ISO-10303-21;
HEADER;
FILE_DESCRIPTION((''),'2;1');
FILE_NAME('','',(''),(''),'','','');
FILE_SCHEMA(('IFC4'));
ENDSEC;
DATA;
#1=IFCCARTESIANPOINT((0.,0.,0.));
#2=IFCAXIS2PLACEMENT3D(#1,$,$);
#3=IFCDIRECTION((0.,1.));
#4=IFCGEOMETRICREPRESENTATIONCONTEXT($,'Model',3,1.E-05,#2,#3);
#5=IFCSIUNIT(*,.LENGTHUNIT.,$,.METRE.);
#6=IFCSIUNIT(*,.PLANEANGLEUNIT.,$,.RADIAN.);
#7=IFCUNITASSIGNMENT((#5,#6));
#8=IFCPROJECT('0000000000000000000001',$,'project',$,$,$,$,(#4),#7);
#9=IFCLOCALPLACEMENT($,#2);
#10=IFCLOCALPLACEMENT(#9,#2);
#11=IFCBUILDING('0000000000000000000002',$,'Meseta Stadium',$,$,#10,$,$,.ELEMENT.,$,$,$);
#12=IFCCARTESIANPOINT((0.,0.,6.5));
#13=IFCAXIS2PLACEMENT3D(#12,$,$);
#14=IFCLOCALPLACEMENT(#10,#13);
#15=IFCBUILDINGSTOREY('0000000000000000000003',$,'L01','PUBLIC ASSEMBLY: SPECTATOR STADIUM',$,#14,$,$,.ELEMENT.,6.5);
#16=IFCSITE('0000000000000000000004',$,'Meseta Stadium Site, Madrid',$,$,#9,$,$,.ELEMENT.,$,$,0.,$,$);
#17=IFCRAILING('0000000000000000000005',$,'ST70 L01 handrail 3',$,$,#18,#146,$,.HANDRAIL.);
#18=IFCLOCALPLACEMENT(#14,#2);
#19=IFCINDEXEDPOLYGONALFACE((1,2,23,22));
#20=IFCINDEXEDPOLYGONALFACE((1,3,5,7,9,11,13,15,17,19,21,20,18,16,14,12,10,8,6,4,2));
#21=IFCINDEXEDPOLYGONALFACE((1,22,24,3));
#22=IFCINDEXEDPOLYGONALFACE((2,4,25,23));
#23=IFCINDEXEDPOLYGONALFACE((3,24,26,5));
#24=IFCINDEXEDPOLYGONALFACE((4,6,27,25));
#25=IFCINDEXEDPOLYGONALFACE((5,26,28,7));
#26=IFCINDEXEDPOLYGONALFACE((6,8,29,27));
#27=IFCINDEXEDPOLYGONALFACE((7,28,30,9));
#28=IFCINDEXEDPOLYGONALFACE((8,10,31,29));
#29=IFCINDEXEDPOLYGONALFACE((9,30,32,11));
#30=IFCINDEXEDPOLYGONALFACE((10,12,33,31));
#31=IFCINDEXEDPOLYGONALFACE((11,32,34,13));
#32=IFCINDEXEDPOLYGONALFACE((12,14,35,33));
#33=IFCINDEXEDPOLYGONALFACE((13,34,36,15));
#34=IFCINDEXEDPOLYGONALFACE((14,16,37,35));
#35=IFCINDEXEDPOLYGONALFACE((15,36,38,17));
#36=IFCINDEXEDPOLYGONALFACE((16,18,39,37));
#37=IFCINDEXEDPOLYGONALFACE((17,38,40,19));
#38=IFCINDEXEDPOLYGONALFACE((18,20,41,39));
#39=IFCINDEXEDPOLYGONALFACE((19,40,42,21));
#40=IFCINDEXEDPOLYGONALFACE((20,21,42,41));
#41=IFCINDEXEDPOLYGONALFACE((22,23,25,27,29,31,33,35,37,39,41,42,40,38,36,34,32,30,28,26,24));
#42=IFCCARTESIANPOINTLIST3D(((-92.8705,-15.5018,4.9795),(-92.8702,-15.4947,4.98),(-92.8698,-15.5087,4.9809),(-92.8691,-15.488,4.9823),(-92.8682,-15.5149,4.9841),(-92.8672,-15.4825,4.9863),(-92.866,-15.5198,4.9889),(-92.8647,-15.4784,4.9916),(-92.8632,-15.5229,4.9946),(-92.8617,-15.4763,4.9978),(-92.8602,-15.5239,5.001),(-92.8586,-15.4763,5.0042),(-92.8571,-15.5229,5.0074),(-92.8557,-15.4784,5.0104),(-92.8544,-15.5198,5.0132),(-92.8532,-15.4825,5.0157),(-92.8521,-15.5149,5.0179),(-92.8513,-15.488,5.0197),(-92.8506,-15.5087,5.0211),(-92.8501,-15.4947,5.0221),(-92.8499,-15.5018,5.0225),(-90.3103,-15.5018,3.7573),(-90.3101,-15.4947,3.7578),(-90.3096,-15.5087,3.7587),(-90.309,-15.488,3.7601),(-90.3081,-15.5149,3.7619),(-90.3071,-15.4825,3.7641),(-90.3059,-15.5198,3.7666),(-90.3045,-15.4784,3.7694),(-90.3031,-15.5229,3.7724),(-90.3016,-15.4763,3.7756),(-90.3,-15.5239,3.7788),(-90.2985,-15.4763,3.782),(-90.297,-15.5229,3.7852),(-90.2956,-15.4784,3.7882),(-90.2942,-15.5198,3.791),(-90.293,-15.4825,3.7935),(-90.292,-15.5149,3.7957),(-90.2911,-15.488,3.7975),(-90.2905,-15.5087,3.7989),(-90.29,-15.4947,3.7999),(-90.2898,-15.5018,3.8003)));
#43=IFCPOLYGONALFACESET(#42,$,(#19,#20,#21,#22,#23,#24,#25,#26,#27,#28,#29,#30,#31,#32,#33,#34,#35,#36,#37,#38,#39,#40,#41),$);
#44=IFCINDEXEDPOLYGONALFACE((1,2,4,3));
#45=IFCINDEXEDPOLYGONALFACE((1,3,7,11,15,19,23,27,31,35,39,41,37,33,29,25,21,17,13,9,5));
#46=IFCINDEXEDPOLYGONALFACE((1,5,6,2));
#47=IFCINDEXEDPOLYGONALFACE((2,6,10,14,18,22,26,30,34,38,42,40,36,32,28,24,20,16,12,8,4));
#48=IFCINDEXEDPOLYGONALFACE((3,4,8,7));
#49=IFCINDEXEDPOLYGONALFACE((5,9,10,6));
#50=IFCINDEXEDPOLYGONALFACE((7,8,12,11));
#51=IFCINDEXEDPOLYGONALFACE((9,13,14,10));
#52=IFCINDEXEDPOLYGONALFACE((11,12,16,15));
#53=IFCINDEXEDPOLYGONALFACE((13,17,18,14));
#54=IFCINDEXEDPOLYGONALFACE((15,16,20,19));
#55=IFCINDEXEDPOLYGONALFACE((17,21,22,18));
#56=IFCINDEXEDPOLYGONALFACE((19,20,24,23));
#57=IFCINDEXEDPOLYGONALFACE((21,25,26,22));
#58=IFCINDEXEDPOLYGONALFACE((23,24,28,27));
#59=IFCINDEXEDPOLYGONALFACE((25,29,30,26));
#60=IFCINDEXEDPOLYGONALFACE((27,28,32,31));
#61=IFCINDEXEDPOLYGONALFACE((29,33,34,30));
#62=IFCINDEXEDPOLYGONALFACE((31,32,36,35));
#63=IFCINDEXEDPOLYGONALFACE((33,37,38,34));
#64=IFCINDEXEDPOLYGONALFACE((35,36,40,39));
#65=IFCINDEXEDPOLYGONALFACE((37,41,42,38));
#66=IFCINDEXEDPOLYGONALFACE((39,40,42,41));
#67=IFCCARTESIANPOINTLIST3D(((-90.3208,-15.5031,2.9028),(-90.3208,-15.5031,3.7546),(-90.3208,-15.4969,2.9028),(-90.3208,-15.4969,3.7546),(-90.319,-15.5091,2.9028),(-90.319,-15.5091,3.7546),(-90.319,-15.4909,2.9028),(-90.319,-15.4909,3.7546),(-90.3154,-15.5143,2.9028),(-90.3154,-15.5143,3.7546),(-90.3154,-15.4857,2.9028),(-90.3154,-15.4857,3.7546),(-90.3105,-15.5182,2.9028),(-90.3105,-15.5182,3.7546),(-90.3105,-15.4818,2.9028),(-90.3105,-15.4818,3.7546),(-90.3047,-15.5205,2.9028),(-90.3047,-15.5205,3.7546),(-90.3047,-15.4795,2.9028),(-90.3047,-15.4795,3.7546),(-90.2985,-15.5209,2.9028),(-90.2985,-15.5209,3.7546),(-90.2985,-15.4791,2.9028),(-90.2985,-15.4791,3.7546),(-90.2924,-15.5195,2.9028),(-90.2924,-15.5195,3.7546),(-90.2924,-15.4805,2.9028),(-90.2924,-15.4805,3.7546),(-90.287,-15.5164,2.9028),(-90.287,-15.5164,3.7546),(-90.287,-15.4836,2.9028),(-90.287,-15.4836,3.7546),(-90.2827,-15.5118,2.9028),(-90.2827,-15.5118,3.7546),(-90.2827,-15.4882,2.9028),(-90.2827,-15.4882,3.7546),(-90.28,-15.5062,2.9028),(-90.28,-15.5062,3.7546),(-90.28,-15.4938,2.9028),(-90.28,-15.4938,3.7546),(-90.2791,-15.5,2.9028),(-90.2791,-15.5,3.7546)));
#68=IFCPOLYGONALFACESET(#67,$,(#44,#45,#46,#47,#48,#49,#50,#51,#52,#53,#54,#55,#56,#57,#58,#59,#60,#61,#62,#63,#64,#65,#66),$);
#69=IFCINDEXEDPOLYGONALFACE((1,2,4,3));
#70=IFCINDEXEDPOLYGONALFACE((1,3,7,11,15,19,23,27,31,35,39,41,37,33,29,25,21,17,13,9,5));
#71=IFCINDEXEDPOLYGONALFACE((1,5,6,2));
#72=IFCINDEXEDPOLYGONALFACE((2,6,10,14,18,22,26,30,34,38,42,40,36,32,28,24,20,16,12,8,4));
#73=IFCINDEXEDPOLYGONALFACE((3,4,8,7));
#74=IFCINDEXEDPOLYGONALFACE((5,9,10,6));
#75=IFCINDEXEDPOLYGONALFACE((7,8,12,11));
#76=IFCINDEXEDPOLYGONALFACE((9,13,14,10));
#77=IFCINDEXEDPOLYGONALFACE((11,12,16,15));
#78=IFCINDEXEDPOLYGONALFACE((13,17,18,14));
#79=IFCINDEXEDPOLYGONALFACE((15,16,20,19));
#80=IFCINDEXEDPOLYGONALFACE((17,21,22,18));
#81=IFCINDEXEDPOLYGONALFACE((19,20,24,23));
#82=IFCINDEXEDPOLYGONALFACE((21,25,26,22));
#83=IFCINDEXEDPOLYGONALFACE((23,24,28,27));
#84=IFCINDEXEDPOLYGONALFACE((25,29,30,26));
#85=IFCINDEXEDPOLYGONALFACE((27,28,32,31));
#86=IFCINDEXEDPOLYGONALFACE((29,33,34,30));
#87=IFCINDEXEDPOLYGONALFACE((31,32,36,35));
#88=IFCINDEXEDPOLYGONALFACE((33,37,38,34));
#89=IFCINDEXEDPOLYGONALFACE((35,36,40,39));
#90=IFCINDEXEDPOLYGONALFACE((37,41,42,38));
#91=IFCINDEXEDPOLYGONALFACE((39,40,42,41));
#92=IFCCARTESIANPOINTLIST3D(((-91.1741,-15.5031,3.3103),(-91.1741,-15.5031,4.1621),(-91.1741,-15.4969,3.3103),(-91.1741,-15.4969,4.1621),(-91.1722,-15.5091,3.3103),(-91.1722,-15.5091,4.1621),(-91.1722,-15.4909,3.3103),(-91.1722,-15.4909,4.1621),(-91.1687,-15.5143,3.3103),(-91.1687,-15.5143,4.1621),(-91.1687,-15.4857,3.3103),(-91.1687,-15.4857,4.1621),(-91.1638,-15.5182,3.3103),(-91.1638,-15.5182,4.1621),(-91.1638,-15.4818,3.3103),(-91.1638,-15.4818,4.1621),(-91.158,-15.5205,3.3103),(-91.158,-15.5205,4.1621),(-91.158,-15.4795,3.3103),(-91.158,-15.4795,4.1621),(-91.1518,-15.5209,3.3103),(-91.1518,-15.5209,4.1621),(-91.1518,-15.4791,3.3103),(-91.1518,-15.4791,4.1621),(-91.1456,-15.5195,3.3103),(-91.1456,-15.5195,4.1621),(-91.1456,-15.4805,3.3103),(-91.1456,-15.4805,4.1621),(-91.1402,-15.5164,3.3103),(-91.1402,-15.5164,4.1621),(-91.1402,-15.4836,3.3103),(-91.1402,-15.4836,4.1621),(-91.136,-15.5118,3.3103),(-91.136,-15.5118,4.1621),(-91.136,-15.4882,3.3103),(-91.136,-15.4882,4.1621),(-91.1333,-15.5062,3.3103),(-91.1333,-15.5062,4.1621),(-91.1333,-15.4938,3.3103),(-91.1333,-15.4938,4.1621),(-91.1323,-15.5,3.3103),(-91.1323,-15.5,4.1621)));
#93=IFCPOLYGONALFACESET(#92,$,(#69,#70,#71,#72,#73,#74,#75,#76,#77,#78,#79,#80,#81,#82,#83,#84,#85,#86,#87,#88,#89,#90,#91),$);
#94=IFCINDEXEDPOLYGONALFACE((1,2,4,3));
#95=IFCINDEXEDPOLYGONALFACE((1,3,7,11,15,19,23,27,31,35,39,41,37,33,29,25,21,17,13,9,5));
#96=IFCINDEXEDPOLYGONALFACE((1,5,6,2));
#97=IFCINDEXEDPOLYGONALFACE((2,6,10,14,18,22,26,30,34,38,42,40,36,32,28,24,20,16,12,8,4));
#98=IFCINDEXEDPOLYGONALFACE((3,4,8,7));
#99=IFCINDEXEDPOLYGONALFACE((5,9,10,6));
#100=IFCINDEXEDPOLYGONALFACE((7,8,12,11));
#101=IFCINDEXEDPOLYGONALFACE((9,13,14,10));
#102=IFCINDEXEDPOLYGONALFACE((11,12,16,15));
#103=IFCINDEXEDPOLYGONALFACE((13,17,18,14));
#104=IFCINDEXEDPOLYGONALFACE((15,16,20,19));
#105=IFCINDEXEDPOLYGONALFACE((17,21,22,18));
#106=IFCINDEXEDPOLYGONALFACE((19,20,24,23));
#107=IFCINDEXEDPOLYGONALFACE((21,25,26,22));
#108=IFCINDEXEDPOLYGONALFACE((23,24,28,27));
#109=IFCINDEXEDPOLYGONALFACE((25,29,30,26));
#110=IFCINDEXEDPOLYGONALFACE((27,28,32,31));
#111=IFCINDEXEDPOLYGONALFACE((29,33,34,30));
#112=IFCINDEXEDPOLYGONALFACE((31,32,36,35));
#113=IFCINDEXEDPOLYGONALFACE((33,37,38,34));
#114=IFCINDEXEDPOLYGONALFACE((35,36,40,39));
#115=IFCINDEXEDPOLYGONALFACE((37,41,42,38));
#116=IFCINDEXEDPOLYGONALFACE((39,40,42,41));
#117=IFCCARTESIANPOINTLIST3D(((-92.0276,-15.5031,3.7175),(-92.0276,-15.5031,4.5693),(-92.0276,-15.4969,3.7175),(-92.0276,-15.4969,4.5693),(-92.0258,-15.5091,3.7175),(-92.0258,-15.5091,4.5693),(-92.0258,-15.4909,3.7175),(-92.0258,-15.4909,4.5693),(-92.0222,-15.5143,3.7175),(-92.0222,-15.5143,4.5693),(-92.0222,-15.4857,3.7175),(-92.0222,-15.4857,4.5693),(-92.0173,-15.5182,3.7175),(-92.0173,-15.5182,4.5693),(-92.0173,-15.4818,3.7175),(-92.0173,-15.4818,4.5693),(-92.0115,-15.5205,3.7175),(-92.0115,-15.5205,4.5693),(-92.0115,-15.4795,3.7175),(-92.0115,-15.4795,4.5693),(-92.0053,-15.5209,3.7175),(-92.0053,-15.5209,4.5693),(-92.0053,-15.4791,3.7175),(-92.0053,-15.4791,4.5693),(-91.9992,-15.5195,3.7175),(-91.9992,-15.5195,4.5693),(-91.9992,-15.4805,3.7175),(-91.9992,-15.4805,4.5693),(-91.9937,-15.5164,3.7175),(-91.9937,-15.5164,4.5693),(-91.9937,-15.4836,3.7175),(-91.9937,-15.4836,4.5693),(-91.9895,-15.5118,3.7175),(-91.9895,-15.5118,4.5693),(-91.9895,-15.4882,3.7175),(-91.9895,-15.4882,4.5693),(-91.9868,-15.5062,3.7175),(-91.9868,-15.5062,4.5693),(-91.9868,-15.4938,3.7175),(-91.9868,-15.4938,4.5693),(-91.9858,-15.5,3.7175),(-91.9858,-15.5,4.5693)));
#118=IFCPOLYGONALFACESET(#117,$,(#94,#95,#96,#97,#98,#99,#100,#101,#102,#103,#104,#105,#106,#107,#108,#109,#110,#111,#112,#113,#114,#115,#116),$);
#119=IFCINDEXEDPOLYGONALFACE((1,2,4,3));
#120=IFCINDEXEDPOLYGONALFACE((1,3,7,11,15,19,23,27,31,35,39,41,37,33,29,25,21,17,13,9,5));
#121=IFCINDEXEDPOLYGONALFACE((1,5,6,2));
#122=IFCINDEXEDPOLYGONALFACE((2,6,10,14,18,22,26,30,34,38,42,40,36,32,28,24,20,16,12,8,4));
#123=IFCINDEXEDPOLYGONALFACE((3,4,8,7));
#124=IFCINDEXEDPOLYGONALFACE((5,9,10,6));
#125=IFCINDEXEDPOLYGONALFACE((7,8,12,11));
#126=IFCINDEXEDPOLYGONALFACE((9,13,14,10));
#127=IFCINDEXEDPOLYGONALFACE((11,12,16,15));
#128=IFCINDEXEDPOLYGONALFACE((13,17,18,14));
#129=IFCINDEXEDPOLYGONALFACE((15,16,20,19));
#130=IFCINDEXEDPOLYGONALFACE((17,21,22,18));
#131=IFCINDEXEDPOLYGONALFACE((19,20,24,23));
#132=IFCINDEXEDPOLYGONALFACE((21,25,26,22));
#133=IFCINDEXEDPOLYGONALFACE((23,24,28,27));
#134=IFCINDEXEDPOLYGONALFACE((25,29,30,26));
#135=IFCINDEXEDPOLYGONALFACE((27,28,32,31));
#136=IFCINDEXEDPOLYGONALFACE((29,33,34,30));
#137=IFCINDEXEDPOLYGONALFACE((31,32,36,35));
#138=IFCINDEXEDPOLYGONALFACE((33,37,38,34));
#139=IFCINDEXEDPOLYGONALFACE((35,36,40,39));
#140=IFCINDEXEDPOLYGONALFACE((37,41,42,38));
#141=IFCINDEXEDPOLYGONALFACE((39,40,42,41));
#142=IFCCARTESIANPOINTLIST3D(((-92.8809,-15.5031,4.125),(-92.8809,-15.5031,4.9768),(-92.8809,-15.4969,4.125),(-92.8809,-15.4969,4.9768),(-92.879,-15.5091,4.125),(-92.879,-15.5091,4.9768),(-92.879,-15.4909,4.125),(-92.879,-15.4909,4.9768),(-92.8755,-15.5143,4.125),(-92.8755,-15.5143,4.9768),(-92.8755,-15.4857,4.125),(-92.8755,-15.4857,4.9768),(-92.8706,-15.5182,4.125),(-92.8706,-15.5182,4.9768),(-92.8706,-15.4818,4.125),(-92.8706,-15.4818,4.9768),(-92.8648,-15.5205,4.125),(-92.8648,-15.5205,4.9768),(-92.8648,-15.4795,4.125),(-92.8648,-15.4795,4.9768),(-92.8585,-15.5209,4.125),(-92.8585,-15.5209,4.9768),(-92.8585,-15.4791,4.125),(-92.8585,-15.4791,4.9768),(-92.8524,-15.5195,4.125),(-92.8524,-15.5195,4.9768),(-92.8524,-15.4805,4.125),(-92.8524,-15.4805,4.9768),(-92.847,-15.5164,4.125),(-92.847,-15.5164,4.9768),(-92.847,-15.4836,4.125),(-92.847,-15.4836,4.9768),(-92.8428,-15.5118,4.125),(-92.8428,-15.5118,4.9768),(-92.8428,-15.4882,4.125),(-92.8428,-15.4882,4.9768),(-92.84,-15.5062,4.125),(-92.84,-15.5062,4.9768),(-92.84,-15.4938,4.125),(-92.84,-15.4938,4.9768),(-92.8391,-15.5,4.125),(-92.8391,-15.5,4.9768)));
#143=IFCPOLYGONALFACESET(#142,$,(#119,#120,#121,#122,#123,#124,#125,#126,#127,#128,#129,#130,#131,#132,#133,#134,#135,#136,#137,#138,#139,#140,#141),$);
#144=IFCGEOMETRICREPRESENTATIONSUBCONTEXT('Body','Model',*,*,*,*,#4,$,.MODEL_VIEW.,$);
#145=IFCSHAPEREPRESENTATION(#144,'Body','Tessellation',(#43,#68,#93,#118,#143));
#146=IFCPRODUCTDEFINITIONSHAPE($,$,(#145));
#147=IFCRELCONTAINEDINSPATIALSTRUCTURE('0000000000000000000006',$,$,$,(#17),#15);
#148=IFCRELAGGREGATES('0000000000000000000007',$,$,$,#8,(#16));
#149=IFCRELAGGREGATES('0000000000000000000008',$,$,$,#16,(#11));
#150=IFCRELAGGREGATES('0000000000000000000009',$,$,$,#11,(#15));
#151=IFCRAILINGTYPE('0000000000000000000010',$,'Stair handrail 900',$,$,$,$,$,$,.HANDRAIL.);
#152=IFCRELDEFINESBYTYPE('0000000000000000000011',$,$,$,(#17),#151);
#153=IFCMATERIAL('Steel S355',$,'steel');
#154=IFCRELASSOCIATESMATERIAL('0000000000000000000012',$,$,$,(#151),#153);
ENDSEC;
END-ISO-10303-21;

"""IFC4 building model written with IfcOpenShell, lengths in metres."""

from ifc_helpers import new_model, si_unit, direction, frame, origin, origin_2d, place, context, subcontext, project, spatial, circle, extrude, material, type_object, element, save


model = new_model("IFC4")

# Units and contexts
model_context = context("Model", 3, precision=1e-05, world=origin(), true_north=direction((0.0, 1.0)))
body_context = subcontext(model_context, "Body", "Model", "MODEL_VIEW")
ifc_project = project(units=[si_unit("LENGTHUNIT", "METRE"), si_unit("PLANEANGLEUNIT", "RADIAN")], contexts=[model_context])

# Site, building, storey
site_placement = place(None, origin())
site = spatial("IfcSite", under=ifc_project, at=site_placement, Name="Meseta Stadium Site, Madrid", CompositionType="ELEMENT", RefElevation=0.0)
building_placement = place(site_placement, origin())
building = spatial("IfcBuilding", under=site, at=building_placement, Name="Meseta Stadium", CompositionType="ELEMENT")
storey_placement = place(building_placement, frame((0.0, 0.0, 6.5)))
storey = spatial("IfcBuildingStorey", under=building, at=storey_placement, Name="L01", Description="PUBLIC ASSEMBLY: SPECTATOR STADIUM", CompositionType="ELEMENT", Elevation=6.5)

# Railing
ifc_material_1 = material(Name="Steel S355", Category="steel")
railing_type_1 = type_object("IfcRailingType", Name="Stair handrail 900", PredefinedType="HANDRAIL", material=ifc_material_1)
for number, where, name in (
    (1, (-90.3, -15.5, 2.9028), "ST70 L01 handrail 3"),
):
    element("IfcRailing", number, at=place(storey_placement, frame(where)), inside=storey, type_object=railing_type_1, Name=name, PredefinedType="HANDRAIL", context=body_context, shape_type="SweptSolid", body=[
        extrude(circle(Radius=0.0239, at=origin_2d()), frame((0.0, 0.0, 0.876), z_axis=(-0.902437, 0.0, 0.430822), x_axis=(0.0, -1.0, 0.0)), (0.0, 0.0, 1.0), 2.8369),
        extrude(circle(Radius=0.021, at=origin_2d()), origin(), (0.0, 0.0, 1.0), 0.8518),
        extrude(circle(Radius=0.021, at=origin_2d()), frame((-0.8533, 0.0, 0.4075)), (0.0, 0.0, 1.0), 0.8518),
        extrude(circle(Radius=0.021, at=origin_2d()), frame((-1.7068, 0.0, 0.8147)), (0.0, 0.0, 1.0), 0.8518),
        extrude(circle(Radius=0.021, at=origin_2d()), frame((-2.5601, 0.0, 1.2222)), (0.0, 0.0, 1.0), 0.8518),
    ])

save(model, "model.ifc")
